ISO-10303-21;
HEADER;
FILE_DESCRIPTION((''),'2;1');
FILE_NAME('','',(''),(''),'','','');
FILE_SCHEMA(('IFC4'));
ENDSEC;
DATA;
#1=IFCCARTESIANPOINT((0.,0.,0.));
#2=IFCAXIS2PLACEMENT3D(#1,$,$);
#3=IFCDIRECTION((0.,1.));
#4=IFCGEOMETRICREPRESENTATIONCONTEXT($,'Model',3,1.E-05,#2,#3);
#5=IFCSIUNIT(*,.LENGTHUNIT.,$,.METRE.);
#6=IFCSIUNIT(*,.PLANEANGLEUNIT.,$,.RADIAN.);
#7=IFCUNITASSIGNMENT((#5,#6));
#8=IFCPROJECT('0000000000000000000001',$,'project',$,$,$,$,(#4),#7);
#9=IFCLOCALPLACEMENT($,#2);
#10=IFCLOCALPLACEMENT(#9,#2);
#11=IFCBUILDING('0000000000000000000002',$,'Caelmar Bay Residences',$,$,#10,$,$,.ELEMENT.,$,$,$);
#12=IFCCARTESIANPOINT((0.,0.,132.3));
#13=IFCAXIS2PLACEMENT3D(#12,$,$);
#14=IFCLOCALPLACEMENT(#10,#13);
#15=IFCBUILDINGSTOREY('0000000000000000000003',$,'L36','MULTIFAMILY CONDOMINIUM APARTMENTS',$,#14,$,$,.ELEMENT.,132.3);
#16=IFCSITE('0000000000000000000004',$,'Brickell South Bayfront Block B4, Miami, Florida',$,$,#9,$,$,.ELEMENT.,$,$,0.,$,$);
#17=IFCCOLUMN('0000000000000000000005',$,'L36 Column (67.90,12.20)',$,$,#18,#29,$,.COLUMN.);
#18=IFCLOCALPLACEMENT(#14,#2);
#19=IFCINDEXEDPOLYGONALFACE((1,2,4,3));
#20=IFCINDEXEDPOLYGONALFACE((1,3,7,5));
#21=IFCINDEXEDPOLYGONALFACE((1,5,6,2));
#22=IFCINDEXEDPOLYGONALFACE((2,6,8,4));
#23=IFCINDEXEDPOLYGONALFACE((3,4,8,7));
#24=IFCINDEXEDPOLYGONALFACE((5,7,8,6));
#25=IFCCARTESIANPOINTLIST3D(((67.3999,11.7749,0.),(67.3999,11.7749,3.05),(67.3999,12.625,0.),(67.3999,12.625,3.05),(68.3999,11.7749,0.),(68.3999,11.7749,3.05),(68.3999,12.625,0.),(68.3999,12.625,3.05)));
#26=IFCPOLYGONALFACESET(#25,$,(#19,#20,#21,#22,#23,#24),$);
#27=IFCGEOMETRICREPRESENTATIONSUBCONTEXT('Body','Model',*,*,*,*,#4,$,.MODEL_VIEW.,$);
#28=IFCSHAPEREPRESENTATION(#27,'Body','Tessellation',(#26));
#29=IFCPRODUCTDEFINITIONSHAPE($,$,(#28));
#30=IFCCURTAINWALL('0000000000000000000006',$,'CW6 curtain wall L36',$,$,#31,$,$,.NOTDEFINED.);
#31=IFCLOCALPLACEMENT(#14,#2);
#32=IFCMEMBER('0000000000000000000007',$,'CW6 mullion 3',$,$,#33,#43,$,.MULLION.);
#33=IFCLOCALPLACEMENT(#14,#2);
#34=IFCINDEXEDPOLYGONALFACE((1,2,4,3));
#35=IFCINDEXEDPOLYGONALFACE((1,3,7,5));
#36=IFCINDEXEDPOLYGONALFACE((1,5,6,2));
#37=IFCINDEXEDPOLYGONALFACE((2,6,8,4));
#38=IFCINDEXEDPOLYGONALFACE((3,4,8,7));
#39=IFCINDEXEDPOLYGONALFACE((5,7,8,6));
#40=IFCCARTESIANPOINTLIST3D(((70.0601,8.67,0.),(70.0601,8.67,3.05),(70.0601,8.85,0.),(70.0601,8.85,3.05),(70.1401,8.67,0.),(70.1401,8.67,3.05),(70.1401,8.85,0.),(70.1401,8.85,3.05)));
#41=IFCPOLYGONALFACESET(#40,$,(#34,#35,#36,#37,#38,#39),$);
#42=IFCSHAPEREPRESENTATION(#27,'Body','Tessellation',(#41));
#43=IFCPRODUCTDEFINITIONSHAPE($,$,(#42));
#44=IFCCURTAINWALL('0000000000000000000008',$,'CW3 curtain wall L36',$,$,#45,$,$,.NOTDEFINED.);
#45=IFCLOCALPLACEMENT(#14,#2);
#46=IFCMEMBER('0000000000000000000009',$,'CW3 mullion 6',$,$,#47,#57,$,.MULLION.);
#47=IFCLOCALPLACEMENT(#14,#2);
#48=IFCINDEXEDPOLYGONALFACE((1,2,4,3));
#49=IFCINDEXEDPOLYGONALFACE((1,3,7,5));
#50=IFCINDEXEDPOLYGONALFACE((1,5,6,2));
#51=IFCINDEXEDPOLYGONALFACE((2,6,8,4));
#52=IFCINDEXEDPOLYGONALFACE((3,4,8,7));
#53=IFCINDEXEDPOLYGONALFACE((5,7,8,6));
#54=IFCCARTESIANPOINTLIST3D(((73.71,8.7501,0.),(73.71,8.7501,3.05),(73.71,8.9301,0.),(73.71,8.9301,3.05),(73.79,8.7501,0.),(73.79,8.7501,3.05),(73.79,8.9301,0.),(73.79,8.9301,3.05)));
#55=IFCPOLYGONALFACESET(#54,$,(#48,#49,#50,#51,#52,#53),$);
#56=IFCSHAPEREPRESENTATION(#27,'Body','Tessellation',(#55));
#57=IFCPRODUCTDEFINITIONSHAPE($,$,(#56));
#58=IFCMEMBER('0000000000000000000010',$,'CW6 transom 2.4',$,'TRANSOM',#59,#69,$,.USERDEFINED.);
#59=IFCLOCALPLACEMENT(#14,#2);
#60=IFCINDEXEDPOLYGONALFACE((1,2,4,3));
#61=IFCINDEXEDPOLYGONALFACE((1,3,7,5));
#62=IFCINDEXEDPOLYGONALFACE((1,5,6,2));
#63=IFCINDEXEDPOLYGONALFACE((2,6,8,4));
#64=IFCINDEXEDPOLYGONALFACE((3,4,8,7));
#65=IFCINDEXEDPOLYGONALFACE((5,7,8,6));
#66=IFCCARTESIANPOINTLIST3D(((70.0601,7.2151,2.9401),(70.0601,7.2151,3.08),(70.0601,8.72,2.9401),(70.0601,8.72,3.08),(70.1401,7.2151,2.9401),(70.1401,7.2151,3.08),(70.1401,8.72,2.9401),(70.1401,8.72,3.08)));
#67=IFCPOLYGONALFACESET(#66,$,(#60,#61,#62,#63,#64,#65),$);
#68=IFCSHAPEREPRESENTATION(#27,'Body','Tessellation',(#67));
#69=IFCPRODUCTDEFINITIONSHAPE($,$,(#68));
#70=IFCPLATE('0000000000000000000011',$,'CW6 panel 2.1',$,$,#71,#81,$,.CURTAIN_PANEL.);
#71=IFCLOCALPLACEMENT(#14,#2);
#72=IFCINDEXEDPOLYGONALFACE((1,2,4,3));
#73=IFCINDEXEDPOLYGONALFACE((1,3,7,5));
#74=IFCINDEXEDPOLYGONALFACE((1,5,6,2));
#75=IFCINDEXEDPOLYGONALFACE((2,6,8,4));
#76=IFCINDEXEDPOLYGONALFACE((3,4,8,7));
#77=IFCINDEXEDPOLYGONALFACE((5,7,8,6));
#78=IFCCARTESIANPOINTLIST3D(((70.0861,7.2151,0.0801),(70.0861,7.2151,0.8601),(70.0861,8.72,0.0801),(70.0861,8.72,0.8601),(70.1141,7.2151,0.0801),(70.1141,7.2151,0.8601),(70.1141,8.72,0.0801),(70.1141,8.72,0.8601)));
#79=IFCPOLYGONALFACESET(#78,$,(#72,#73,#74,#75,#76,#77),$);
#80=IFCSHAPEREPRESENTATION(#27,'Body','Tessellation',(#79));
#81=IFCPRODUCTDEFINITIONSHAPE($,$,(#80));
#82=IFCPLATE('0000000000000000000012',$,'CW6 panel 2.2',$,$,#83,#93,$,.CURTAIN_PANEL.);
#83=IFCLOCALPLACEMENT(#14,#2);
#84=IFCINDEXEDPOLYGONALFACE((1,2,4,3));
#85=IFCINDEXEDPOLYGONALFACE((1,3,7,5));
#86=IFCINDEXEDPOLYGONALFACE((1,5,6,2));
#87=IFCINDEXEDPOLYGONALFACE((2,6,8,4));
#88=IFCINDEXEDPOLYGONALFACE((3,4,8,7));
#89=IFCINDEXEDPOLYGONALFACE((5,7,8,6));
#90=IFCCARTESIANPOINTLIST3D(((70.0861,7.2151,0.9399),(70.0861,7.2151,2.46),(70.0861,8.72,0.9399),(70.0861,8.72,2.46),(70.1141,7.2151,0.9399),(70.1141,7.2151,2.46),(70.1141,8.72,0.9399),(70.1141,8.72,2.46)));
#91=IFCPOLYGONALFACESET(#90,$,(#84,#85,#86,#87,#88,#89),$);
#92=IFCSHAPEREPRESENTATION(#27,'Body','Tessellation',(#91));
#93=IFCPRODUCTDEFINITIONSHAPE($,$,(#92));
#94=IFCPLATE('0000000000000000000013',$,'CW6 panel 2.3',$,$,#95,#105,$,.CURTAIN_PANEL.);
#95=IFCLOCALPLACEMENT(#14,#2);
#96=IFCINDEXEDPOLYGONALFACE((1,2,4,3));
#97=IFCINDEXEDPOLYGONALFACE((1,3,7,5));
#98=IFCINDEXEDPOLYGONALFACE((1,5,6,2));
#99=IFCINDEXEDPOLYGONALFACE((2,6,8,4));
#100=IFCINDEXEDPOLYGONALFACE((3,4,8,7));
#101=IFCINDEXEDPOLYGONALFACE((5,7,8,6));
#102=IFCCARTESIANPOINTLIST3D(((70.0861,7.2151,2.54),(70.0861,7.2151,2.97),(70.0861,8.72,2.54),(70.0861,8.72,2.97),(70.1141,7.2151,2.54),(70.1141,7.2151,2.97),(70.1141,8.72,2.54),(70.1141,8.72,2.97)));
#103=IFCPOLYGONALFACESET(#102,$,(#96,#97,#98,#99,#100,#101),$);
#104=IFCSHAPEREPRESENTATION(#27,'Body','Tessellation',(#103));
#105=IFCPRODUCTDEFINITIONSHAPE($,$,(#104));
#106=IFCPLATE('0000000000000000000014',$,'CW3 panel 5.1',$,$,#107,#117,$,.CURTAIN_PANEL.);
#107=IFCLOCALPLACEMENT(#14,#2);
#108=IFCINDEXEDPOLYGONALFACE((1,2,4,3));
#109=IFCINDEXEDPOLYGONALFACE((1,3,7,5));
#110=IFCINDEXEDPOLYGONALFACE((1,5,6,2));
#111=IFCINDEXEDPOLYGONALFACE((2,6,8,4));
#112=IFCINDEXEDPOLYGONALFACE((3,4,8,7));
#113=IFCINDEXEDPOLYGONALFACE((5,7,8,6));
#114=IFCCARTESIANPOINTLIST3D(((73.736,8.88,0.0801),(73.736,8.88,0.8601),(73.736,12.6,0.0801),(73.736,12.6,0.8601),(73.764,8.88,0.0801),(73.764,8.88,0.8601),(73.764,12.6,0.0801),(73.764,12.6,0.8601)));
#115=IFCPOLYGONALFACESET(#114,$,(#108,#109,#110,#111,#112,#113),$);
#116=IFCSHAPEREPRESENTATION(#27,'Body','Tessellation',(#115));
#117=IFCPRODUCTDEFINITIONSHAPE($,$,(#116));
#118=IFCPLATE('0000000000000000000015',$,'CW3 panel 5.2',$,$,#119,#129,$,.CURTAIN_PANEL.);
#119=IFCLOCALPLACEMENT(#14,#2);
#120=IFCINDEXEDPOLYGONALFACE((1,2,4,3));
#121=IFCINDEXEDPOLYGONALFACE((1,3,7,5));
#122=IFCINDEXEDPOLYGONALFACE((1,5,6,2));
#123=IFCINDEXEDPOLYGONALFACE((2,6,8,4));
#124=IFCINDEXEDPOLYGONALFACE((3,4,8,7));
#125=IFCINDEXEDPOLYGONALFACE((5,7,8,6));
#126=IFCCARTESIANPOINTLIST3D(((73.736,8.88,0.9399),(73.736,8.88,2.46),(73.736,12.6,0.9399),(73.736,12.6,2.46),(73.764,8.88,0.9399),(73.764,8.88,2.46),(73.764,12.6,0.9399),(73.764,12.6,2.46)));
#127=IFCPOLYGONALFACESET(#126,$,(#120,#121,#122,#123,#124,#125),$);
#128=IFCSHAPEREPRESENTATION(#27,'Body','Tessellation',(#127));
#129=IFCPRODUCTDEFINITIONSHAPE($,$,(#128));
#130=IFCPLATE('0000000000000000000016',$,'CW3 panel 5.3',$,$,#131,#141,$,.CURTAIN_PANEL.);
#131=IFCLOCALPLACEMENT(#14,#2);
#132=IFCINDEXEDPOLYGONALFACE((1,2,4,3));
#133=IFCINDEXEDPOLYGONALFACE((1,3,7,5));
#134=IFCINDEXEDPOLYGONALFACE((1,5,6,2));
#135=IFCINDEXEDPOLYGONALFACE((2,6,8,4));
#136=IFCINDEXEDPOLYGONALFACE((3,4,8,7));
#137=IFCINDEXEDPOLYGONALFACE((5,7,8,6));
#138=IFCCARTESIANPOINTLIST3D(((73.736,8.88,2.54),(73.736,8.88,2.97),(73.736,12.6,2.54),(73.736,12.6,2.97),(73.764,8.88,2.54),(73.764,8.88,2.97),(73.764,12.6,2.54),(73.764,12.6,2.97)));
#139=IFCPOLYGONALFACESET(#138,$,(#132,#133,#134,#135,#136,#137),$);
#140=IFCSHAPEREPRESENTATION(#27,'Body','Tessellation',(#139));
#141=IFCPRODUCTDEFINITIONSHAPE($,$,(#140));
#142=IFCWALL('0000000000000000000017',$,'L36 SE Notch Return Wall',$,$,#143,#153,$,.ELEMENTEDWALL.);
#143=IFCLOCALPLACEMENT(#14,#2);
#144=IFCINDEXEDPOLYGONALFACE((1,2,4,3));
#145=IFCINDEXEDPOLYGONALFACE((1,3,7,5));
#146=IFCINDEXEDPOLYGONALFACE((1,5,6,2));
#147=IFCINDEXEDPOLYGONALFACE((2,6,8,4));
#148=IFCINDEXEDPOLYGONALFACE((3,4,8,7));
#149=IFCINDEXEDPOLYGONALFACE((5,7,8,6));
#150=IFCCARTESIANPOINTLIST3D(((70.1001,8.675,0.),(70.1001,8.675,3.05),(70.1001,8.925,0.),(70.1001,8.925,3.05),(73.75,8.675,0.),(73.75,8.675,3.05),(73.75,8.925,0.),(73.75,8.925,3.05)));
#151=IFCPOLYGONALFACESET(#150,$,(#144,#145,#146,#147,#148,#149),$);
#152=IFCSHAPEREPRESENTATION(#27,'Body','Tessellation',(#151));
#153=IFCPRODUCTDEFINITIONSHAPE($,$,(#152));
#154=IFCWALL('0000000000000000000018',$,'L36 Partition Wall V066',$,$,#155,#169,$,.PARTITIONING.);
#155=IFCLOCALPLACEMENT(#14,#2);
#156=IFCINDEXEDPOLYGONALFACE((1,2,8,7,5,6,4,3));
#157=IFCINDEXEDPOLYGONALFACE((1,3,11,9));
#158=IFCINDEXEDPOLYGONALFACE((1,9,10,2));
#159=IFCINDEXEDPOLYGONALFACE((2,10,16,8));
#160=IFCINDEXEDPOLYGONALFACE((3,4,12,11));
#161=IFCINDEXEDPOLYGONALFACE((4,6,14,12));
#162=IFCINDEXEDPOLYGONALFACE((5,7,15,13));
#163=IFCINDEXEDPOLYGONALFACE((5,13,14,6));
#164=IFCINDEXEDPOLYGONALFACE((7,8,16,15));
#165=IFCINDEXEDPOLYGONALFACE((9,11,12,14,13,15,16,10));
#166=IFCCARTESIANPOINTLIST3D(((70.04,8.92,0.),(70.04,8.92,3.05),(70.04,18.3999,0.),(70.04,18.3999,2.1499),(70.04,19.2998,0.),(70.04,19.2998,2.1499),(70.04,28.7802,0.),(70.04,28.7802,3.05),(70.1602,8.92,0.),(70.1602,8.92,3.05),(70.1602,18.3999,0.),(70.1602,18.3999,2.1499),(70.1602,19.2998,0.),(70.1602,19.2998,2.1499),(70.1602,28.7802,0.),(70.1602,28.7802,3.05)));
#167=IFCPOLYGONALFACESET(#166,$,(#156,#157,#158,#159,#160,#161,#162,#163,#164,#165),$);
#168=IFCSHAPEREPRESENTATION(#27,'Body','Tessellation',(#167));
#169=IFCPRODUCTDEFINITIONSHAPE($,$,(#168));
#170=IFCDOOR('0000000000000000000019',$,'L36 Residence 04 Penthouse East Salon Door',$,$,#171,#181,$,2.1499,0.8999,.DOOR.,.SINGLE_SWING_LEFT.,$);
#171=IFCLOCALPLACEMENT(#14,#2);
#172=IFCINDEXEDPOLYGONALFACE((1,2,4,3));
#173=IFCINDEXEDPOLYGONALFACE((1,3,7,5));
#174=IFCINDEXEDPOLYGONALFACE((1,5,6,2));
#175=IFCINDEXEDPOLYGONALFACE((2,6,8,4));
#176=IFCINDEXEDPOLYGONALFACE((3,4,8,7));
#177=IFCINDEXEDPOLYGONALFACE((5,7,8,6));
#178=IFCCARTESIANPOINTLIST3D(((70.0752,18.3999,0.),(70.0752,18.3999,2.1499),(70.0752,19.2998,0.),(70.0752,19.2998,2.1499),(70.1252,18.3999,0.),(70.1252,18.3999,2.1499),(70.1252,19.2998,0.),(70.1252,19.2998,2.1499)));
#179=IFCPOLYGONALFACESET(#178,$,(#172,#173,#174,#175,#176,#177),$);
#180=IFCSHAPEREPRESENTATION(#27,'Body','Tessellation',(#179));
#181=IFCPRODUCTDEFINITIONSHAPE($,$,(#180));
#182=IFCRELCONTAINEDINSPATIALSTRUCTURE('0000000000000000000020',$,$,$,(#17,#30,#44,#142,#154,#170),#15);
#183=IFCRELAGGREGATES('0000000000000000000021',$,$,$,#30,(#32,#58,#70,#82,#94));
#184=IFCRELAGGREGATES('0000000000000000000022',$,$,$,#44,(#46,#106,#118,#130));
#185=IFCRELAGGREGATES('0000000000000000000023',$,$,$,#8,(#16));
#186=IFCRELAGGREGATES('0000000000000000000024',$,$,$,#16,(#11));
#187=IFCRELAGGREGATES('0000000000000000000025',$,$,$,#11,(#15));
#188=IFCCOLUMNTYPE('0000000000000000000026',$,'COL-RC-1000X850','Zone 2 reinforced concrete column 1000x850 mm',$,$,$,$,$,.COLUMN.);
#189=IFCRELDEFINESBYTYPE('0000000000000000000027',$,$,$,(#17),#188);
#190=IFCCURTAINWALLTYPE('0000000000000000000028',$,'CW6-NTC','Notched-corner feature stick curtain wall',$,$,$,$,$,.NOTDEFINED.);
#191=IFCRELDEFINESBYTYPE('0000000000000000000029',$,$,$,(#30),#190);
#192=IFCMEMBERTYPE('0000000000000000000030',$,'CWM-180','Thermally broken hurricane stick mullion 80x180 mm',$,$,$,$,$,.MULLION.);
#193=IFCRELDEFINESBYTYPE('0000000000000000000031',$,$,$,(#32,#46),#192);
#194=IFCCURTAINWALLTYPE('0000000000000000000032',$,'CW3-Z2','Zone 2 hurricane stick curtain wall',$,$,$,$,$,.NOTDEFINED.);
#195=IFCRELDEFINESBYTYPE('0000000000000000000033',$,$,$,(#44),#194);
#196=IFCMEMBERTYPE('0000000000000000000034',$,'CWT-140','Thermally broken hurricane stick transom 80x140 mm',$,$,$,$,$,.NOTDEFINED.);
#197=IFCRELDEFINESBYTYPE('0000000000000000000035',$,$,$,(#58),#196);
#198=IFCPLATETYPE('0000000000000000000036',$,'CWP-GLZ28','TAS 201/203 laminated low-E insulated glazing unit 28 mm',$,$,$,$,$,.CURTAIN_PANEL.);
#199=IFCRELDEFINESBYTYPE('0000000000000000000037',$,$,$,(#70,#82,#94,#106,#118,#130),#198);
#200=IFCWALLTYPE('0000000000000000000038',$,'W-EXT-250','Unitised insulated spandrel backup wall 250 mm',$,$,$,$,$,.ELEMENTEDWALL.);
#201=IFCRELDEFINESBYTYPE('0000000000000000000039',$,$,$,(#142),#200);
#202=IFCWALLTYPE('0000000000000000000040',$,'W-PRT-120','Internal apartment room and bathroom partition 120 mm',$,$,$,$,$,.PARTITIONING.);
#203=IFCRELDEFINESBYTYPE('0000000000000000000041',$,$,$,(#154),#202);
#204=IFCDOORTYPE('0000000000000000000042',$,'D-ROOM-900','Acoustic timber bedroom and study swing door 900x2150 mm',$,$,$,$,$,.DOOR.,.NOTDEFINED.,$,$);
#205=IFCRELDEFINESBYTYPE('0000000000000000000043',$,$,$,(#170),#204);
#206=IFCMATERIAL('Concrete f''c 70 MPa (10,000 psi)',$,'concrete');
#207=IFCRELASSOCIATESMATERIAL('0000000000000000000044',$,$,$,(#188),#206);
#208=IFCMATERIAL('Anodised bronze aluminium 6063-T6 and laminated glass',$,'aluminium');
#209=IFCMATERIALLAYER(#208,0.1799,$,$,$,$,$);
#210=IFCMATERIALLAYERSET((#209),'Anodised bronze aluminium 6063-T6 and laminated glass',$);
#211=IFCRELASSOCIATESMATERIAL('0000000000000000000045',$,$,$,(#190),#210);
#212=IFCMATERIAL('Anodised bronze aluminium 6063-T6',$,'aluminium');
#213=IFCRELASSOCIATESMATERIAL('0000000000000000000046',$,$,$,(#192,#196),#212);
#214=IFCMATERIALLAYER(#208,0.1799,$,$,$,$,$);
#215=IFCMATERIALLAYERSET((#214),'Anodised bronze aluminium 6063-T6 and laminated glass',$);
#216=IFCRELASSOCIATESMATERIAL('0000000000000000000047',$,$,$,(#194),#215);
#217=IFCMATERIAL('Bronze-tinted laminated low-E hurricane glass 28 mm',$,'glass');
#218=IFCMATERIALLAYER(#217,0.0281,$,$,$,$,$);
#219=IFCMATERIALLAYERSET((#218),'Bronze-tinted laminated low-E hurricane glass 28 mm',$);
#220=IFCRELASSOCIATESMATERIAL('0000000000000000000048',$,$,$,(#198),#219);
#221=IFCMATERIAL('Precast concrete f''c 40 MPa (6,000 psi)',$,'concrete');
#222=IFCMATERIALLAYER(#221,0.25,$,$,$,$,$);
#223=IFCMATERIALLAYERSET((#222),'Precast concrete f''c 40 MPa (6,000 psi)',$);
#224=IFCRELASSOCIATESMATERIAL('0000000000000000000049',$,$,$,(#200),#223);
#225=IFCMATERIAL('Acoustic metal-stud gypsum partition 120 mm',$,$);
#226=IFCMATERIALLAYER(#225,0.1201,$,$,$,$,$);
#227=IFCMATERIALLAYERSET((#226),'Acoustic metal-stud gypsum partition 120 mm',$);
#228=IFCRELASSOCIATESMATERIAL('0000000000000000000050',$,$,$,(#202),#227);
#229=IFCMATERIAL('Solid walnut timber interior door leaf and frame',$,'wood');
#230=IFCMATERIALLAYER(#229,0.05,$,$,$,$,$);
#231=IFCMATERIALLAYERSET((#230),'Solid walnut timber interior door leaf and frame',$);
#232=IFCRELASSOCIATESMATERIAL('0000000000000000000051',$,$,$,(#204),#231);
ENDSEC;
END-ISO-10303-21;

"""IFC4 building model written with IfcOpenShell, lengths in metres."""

from ifc_helpers import new_model, si_unit, direction, frame, frame_2d, origin, origin_2d, place, context, subcontext, project, spatial, rectangle, extrude, material, layer, layer_set, material_profile, profile_set, type_object, element, fill, aggregate, save


model = new_model("IFC4")

# Units and contexts
model_context = context("Model", 3, precision=1e-05, world=origin(), true_north=direction((0.0, 1.0)))
body_context = subcontext(model_context, "Body", "Model", "MODEL_VIEW")
ifc_project = project(units=[si_unit("LENGTHUNIT", "METRE"), si_unit("PLANEANGLEUNIT", "RADIAN")], contexts=[model_context])

# Site, building, storey
site_placement = place(None, origin())
site = spatial("IfcSite", under=ifc_project, at=site_placement, Name="Brickell South Bayfront Block B4, Miami, Florida", CompositionType="ELEMENT", RefElevation=0.0)
building_placement = place(site_placement, origin())
building = spatial("IfcBuilding", under=site, at=building_placement, Name="Caelmar Bay Residences", CompositionType="ELEMENT")
storey_placement = place(building_placement, frame((0.0, 0.0, 132.3)))
storey = spatial("IfcBuildingStorey", under=building, at=storey_placement, Name="L36", Description="MULTIFAMILY CONDOMINIUM APARTMENTS", CompositionType="ELEMENT", Elevation=132.3)

# Column
ifc_material_1 = material(Name="Concrete f'c 70 MPa (10,000 psi)", Category="concrete")
ifc_material_profile_1 = material_profile(ifc_material_1, rectangle(XDim=1.0, YDim=0.8501, at=origin_2d()), Name="RC-COL-1000X850")
ifc_profile_set_1 = profile_set([ifc_material_profile_1], Name="Concrete f'c 70 MPa (10,000 psi)")
column_type = type_object("IfcColumnType", Name="COL-RC-1000X850", Description="Zone 2 reinforced concrete column 1000x850 mm", PredefinedType="COLUMN", material=ifc_profile_set_1)
column_placement = place(storey_placement, frame((67.8999, 12.2, 0.0), z_axis=(0.0, 0.0, 1.0), x_axis=(1.0, 0.0, 0.0)))
element("IfcColumn", 1, at=column_placement, inside=storey, type_object=column_type, Name="L36 Column (67.90,12.20)", PredefinedType="COLUMN", context=body_context, shape_type="SweptSolid", body=[
    extrude(rectangle(XDim=1.0, YDim=0.8501, at=origin_2d()), origin(), (0.0, 0.0, 1.0), 3.05),
])

# Curtain walls, members
ifc_material_2 = material(Name="Anodised bronze aluminium 6063-T6 and laminated glass", Category="aluminium")
ifc_layer_1 = layer(ifc_material_2, 0.1799)
ifc_layer_set_1 = layer_set([ifc_layer_1], Name="Anodised bronze aluminium 6063-T6 and laminated glass")
curtain_wall_type_1 = type_object("IfcCurtainWallType", Name="CW6-NTC", Description="Notched-corner feature stick curtain wall", PredefinedType="NOTDEFINED", material=ifc_layer_set_1)
curtain_wall_1_placement = place(storey_placement, origin())
curtain_wall_1 = element("IfcCurtainWall", 2, at=curtain_wall_1_placement, inside=storey, type_object=curtain_wall_type_1, Name="CW6 curtain wall L36", PredefinedType="NOTDEFINED")
ifc_material_3 = material(Name="Anodised bronze aluminium 6063-T6", Category="aluminium")
ifc_material_profile_2 = material_profile(ifc_material_3, rectangle(XDim=0.0801, YDim=0.1799, at=origin_2d()), Name="CWM-80X180")
ifc_profile_set_2 = profile_set([ifc_material_profile_2], Name="Anodised bronze aluminium 6063-T6")
member_type_1 = type_object("IfcMemberType", Name="CWM-180", Description="Thermally broken hurricane stick mullion 80x180 mm", PredefinedType="MULLION", material=ifc_profile_set_2)
member_1_placement = place(storey_placement, frame((70.1001, 8.76, 0.0), z_axis=(0.0, 0.0, 1.0), x_axis=(-1.0, 0.0, 0.0)))
member_1 = element("IfcMember", 3, at=member_1_placement, type_object=member_type_1, Name="CW6 mullion 3", PredefinedType="MULLION", context=body_context, shape_type="SweptSolid", body=[
    extrude(rectangle(XDim=0.0801, YDim=0.1799, at=origin_2d()), origin(), (0.0, 0.0, 1.0), 3.05),
])
ifc_layer_2 = layer(ifc_material_2, 0.1799)
ifc_layer_set_2 = layer_set([ifc_layer_2], Name="Anodised bronze aluminium 6063-T6 and laminated glass")
curtain_wall_type_2 = type_object("IfcCurtainWallType", Name="CW3-Z2", Description="Zone 2 hurricane stick curtain wall", PredefinedType="NOTDEFINED", material=ifc_layer_set_2)
curtain_wall_2_placement = place(storey_placement, origin())
curtain_wall_2 = element("IfcCurtainWall", 4, at=curtain_wall_2_placement, inside=storey, type_object=curtain_wall_type_2, Name="CW3 curtain wall L36", PredefinedType="NOTDEFINED")
member_2_placement = place(storey_placement, frame((73.75, 8.8401, 0.0), z_axis=(0.0, 0.0, 1.0), x_axis=(1.0, 0.0, 0.0)))
member_2 = element("IfcMember", 5, at=member_2_placement, type_object=member_type_1, Name="CW3 mullion 6", PredefinedType="MULLION", context=body_context, shape_type="SweptSolid", body=[
    extrude(rectangle(XDim=0.0801, YDim=0.1799, at=origin_2d()), origin(), (0.0, 0.0, 1.0), 3.05),
])

# Member
ifc_material_profile_3 = material_profile(ifc_material_3, rectangle(XDim=0.0801, YDim=0.1399, at=origin_2d()), Name="CWT-80X140")
ifc_profile_set_3 = profile_set([ifc_material_profile_3], Name="Anodised bronze aluminium 6063-T6")
member_type_2 = type_object("IfcMemberType", Name="CWT-140", Description="Thermally broken hurricane stick transom 80x140 mm", PredefinedType="NOTDEFINED", material=ifc_profile_set_3)
member_3_placement = place(storey_placement, frame((70.1001, 7.2151, 3.01), z_axis=(0.0, 1.0, 0.0), x_axis=(-1.0, 0.0, 0.0)))
member_3 = element("IfcMember", 6, at=member_3_placement, type_object=member_type_2, Name="CW6 transom 2.4", ObjectType="TRANSOM", PredefinedType="USERDEFINED", context=body_context, shape_type="SweptSolid", body=[
    extrude(rectangle(XDim=0.0801, YDim=0.1399, at=origin_2d()), origin(), (0.0, 0.0, 1.0), 1.5049),
])

# Plates
ifc_material_4 = material(Name="Bronze-tinted laminated low-E hurricane glass 28 mm", Category="glass")
ifc_layer_3 = layer(ifc_material_4, 0.0281)
ifc_layer_set_3 = layer_set([ifc_layer_3], Name="Bronze-tinted laminated low-E hurricane glass 28 mm")
plate_type = type_object("IfcPlateType", Name="CWP-GLZ28", Description="TAS 201/203 laminated low-E insulated glazing unit 28 mm", PredefinedType="CURTAIN_PANEL", material=ifc_layer_set_3)
plate_1_placement = place(storey_placement, frame((70.1001, 7.9675, 0.0801), z_axis=(0.0, 0.0, 1.0), x_axis=(0.0, 1.0, 0.0)))
plate_1 = element("IfcPlate", 7, at=plate_1_placement, type_object=plate_type, Name="CW6 panel 2.1", PredefinedType="CURTAIN_PANEL", context=body_context, shape_type="SweptSolid", body=[
    extrude(rectangle(XDim=1.5049, YDim=0.0281, at=origin_2d()), origin(), (0.0, 0.0, 1.0), 0.78),
])
plate_2_placement = place(storey_placement, frame((70.1001, 7.9675, 0.9399), z_axis=(0.0, 0.0, 1.0), x_axis=(0.0, 1.0, 0.0)))
plate_2 = element("IfcPlate", 8, at=plate_2_placement, type_object=plate_type, Name="CW6 panel 2.2", PredefinedType="CURTAIN_PANEL", context=body_context, shape_type="SweptSolid", body=[
    extrude(rectangle(XDim=1.5049, YDim=0.0281, at=origin_2d()), origin(), (0.0, 0.0, 1.0), 1.52),
])
plate_3_placement = place(storey_placement, frame((70.1001, 7.9675, 2.54), z_axis=(0.0, 0.0, 1.0), x_axis=(0.0, 1.0, 0.0)))
plate_3 = element("IfcPlate", 9, at=plate_3_placement, type_object=plate_type, Name="CW6 panel 2.3", PredefinedType="CURTAIN_PANEL", context=body_context, shape_type="SweptSolid", body=[
    extrude(rectangle(XDim=1.5049, YDim=0.0281, at=origin_2d()), origin(), (0.0, 0.0, 1.0), 0.4299),
])
aggregate(curtain_wall_1, [member_1, member_3, plate_1, plate_2, plate_3])
plate_4_placement = place(storey_placement, frame((73.75, 10.74, 0.0801), z_axis=(0.0, 0.0, 1.0), x_axis=(0.0, -1.0, 0.0)))
plate_4 = element("IfcPlate", 10, at=plate_4_placement, type_object=plate_type, Name="CW3 panel 5.1", PredefinedType="CURTAIN_PANEL", context=body_context, shape_type="SweptSolid", body=[
    extrude(rectangle(XDim=3.72, YDim=0.0281, at=origin_2d()), origin(), (0.0, 0.0, 1.0), 0.78),
])
plate_5_placement = place(storey_placement, frame((73.75, 10.74, 0.9399), z_axis=(0.0, 0.0, 1.0), x_axis=(0.0, -1.0, 0.0)))
plate_5 = element("IfcPlate", 11, at=plate_5_placement, type_object=plate_type, Name="CW3 panel 5.2", PredefinedType="CURTAIN_PANEL", context=body_context, shape_type="SweptSolid", body=[
    extrude(rectangle(XDim=3.72, YDim=0.0281, at=origin_2d()), origin(), (0.0, 0.0, 1.0), 1.52),
])
plate_6_placement = place(storey_placement, frame((73.75, 10.74, 2.54), z_axis=(0.0, 0.0, 1.0), x_axis=(0.0, -1.0, 0.0)))
plate_6 = element("IfcPlate", 12, at=plate_6_placement, type_object=plate_type, Name="CW3 panel 5.3", PredefinedType="CURTAIN_PANEL", context=body_context, shape_type="SweptSolid", body=[
    extrude(rectangle(XDim=3.72, YDim=0.0281, at=origin_2d()), origin(), (0.0, 0.0, 1.0), 0.4299),
])
aggregate(curtain_wall_2, [member_2, plate_4, plate_5, plate_6])

# Wall
ifc_material_5 = material(Name="Precast concrete f'c 40 MPa (6,000 psi)", Category="concrete")
ifc_layer_4 = layer(ifc_material_5, 0.25)
ifc_layer_set_4 = layer_set([ifc_layer_4], Name="Precast concrete f'c 40 MPa (6,000 psi)")
wall_type_1 = type_object("IfcWallType", Name="W-EXT-250", Description="Unitised insulated spandrel backup wall 250 mm", PredefinedType="ELEMENTEDWALL", material=ifc_layer_set_4)
wall_1_placement = place(storey_placement, frame((70.1001, 8.8, 0.0), z_axis=(0.0, 0.0, 1.0), x_axis=(1.0, 0.0, 0.0)))
element("IfcWall", 13, at=wall_1_placement, inside=storey, type_object=wall_type_1, Name="L36 SE Notch Return Wall", PredefinedType="ELEMENTEDWALL", context=body_context, shape_type="SweptSolid", body=[
    extrude(rectangle(XDim=3.6499, YDim=0.25, at=frame_2d((1.825, 0.0))), origin(), (0.0, 0.0, 1.0), 3.05),
])

# Wall, opening, door
ifc_material_6 = material(Name="Acoustic metal-stud gypsum partition 120 mm")
ifc_layer_5 = layer(ifc_material_6, 0.1201)
ifc_layer_set_5 = layer_set([ifc_layer_5], Name="Acoustic metal-stud gypsum partition 120 mm")
wall_type_2 = type_object("IfcWallType", Name="W-PRT-120", Description="Internal apartment room and bathroom partition 120 mm", PredefinedType="PARTITIONING", material=ifc_layer_set_5)
wall_2_placement = place(storey_placement, frame((70.1001, 8.9199, 0.0), z_axis=(0.0, 0.0, 1.0), x_axis=(0.0, 1.0, 0.0)))
wall_2 = element("IfcWall", 14, at=wall_2_placement, inside=storey, type_object=wall_type_2, Name="L36 Partition Wall V066", PredefinedType="PARTITIONING", context=body_context, shape_type="SweptSolid", body=[
    extrude(rectangle(XDim=19.8601, YDim=0.1201, at=frame_2d((9.9302, 0.0))), origin(), (0.0, 0.0, 1.0), 3.05),
])
opening_placement = place(wall_2_placement, frame((9.48, 0.0, 0.0)))
opening = element("IfcOpeningElement", 15, at=opening_placement, cuts=wall_2, PredefinedType="OPENING", context=body_context, shape_type="SweptSolid", body=[
    extrude(rectangle(XDim=0.8999, YDim=2.1499, at=frame_2d((0.45, 1.075))), frame((0.0, 0.0701, 0.0), z_axis=(0.0, -1.0, 0.0), x_axis=(1.0, 0.0, 0.0)), (0.0, 0.0, 1.0), 0.1401),
])
ifc_material_7 = material(Name="Solid walnut timber interior door leaf and frame", Category="wood")
ifc_layer_6 = layer(ifc_material_7, 0.05)
ifc_layer_set_6 = layer_set([ifc_layer_6], Name="Solid walnut timber interior door leaf and frame")
door_type = type_object("IfcDoorType", Name="D-ROOM-900", Description="Acoustic timber bedroom and study swing door 900x2150 mm", OperationType="NOTDEFINED", PredefinedType="DOOR", material=ifc_layer_set_6)
door_placement = place(opening_placement, origin())
door = element("IfcDoor", 16, at=door_placement, inside=storey, type_object=door_type, Name="L36 Residence 04 Penthouse East Salon Door", OperationType="SINGLE_SWING_LEFT", OverallHeight=2.1499, OverallWidth=0.8999, PredefinedType="DOOR", context=body_context, shape_type="SweptSolid", body=[
    extrude(rectangle(XDim=0.8999, YDim=2.1499, at=frame_2d((0.45, 1.075))), frame((0.0, 0.0249, 0.0), z_axis=(0.0, -1.0, 0.0), x_axis=(1.0, 0.0, 0.0)), (0.0, 0.0, 1.0), 0.05),
])
fill(opening, door)

save(model, "model.ifc")
